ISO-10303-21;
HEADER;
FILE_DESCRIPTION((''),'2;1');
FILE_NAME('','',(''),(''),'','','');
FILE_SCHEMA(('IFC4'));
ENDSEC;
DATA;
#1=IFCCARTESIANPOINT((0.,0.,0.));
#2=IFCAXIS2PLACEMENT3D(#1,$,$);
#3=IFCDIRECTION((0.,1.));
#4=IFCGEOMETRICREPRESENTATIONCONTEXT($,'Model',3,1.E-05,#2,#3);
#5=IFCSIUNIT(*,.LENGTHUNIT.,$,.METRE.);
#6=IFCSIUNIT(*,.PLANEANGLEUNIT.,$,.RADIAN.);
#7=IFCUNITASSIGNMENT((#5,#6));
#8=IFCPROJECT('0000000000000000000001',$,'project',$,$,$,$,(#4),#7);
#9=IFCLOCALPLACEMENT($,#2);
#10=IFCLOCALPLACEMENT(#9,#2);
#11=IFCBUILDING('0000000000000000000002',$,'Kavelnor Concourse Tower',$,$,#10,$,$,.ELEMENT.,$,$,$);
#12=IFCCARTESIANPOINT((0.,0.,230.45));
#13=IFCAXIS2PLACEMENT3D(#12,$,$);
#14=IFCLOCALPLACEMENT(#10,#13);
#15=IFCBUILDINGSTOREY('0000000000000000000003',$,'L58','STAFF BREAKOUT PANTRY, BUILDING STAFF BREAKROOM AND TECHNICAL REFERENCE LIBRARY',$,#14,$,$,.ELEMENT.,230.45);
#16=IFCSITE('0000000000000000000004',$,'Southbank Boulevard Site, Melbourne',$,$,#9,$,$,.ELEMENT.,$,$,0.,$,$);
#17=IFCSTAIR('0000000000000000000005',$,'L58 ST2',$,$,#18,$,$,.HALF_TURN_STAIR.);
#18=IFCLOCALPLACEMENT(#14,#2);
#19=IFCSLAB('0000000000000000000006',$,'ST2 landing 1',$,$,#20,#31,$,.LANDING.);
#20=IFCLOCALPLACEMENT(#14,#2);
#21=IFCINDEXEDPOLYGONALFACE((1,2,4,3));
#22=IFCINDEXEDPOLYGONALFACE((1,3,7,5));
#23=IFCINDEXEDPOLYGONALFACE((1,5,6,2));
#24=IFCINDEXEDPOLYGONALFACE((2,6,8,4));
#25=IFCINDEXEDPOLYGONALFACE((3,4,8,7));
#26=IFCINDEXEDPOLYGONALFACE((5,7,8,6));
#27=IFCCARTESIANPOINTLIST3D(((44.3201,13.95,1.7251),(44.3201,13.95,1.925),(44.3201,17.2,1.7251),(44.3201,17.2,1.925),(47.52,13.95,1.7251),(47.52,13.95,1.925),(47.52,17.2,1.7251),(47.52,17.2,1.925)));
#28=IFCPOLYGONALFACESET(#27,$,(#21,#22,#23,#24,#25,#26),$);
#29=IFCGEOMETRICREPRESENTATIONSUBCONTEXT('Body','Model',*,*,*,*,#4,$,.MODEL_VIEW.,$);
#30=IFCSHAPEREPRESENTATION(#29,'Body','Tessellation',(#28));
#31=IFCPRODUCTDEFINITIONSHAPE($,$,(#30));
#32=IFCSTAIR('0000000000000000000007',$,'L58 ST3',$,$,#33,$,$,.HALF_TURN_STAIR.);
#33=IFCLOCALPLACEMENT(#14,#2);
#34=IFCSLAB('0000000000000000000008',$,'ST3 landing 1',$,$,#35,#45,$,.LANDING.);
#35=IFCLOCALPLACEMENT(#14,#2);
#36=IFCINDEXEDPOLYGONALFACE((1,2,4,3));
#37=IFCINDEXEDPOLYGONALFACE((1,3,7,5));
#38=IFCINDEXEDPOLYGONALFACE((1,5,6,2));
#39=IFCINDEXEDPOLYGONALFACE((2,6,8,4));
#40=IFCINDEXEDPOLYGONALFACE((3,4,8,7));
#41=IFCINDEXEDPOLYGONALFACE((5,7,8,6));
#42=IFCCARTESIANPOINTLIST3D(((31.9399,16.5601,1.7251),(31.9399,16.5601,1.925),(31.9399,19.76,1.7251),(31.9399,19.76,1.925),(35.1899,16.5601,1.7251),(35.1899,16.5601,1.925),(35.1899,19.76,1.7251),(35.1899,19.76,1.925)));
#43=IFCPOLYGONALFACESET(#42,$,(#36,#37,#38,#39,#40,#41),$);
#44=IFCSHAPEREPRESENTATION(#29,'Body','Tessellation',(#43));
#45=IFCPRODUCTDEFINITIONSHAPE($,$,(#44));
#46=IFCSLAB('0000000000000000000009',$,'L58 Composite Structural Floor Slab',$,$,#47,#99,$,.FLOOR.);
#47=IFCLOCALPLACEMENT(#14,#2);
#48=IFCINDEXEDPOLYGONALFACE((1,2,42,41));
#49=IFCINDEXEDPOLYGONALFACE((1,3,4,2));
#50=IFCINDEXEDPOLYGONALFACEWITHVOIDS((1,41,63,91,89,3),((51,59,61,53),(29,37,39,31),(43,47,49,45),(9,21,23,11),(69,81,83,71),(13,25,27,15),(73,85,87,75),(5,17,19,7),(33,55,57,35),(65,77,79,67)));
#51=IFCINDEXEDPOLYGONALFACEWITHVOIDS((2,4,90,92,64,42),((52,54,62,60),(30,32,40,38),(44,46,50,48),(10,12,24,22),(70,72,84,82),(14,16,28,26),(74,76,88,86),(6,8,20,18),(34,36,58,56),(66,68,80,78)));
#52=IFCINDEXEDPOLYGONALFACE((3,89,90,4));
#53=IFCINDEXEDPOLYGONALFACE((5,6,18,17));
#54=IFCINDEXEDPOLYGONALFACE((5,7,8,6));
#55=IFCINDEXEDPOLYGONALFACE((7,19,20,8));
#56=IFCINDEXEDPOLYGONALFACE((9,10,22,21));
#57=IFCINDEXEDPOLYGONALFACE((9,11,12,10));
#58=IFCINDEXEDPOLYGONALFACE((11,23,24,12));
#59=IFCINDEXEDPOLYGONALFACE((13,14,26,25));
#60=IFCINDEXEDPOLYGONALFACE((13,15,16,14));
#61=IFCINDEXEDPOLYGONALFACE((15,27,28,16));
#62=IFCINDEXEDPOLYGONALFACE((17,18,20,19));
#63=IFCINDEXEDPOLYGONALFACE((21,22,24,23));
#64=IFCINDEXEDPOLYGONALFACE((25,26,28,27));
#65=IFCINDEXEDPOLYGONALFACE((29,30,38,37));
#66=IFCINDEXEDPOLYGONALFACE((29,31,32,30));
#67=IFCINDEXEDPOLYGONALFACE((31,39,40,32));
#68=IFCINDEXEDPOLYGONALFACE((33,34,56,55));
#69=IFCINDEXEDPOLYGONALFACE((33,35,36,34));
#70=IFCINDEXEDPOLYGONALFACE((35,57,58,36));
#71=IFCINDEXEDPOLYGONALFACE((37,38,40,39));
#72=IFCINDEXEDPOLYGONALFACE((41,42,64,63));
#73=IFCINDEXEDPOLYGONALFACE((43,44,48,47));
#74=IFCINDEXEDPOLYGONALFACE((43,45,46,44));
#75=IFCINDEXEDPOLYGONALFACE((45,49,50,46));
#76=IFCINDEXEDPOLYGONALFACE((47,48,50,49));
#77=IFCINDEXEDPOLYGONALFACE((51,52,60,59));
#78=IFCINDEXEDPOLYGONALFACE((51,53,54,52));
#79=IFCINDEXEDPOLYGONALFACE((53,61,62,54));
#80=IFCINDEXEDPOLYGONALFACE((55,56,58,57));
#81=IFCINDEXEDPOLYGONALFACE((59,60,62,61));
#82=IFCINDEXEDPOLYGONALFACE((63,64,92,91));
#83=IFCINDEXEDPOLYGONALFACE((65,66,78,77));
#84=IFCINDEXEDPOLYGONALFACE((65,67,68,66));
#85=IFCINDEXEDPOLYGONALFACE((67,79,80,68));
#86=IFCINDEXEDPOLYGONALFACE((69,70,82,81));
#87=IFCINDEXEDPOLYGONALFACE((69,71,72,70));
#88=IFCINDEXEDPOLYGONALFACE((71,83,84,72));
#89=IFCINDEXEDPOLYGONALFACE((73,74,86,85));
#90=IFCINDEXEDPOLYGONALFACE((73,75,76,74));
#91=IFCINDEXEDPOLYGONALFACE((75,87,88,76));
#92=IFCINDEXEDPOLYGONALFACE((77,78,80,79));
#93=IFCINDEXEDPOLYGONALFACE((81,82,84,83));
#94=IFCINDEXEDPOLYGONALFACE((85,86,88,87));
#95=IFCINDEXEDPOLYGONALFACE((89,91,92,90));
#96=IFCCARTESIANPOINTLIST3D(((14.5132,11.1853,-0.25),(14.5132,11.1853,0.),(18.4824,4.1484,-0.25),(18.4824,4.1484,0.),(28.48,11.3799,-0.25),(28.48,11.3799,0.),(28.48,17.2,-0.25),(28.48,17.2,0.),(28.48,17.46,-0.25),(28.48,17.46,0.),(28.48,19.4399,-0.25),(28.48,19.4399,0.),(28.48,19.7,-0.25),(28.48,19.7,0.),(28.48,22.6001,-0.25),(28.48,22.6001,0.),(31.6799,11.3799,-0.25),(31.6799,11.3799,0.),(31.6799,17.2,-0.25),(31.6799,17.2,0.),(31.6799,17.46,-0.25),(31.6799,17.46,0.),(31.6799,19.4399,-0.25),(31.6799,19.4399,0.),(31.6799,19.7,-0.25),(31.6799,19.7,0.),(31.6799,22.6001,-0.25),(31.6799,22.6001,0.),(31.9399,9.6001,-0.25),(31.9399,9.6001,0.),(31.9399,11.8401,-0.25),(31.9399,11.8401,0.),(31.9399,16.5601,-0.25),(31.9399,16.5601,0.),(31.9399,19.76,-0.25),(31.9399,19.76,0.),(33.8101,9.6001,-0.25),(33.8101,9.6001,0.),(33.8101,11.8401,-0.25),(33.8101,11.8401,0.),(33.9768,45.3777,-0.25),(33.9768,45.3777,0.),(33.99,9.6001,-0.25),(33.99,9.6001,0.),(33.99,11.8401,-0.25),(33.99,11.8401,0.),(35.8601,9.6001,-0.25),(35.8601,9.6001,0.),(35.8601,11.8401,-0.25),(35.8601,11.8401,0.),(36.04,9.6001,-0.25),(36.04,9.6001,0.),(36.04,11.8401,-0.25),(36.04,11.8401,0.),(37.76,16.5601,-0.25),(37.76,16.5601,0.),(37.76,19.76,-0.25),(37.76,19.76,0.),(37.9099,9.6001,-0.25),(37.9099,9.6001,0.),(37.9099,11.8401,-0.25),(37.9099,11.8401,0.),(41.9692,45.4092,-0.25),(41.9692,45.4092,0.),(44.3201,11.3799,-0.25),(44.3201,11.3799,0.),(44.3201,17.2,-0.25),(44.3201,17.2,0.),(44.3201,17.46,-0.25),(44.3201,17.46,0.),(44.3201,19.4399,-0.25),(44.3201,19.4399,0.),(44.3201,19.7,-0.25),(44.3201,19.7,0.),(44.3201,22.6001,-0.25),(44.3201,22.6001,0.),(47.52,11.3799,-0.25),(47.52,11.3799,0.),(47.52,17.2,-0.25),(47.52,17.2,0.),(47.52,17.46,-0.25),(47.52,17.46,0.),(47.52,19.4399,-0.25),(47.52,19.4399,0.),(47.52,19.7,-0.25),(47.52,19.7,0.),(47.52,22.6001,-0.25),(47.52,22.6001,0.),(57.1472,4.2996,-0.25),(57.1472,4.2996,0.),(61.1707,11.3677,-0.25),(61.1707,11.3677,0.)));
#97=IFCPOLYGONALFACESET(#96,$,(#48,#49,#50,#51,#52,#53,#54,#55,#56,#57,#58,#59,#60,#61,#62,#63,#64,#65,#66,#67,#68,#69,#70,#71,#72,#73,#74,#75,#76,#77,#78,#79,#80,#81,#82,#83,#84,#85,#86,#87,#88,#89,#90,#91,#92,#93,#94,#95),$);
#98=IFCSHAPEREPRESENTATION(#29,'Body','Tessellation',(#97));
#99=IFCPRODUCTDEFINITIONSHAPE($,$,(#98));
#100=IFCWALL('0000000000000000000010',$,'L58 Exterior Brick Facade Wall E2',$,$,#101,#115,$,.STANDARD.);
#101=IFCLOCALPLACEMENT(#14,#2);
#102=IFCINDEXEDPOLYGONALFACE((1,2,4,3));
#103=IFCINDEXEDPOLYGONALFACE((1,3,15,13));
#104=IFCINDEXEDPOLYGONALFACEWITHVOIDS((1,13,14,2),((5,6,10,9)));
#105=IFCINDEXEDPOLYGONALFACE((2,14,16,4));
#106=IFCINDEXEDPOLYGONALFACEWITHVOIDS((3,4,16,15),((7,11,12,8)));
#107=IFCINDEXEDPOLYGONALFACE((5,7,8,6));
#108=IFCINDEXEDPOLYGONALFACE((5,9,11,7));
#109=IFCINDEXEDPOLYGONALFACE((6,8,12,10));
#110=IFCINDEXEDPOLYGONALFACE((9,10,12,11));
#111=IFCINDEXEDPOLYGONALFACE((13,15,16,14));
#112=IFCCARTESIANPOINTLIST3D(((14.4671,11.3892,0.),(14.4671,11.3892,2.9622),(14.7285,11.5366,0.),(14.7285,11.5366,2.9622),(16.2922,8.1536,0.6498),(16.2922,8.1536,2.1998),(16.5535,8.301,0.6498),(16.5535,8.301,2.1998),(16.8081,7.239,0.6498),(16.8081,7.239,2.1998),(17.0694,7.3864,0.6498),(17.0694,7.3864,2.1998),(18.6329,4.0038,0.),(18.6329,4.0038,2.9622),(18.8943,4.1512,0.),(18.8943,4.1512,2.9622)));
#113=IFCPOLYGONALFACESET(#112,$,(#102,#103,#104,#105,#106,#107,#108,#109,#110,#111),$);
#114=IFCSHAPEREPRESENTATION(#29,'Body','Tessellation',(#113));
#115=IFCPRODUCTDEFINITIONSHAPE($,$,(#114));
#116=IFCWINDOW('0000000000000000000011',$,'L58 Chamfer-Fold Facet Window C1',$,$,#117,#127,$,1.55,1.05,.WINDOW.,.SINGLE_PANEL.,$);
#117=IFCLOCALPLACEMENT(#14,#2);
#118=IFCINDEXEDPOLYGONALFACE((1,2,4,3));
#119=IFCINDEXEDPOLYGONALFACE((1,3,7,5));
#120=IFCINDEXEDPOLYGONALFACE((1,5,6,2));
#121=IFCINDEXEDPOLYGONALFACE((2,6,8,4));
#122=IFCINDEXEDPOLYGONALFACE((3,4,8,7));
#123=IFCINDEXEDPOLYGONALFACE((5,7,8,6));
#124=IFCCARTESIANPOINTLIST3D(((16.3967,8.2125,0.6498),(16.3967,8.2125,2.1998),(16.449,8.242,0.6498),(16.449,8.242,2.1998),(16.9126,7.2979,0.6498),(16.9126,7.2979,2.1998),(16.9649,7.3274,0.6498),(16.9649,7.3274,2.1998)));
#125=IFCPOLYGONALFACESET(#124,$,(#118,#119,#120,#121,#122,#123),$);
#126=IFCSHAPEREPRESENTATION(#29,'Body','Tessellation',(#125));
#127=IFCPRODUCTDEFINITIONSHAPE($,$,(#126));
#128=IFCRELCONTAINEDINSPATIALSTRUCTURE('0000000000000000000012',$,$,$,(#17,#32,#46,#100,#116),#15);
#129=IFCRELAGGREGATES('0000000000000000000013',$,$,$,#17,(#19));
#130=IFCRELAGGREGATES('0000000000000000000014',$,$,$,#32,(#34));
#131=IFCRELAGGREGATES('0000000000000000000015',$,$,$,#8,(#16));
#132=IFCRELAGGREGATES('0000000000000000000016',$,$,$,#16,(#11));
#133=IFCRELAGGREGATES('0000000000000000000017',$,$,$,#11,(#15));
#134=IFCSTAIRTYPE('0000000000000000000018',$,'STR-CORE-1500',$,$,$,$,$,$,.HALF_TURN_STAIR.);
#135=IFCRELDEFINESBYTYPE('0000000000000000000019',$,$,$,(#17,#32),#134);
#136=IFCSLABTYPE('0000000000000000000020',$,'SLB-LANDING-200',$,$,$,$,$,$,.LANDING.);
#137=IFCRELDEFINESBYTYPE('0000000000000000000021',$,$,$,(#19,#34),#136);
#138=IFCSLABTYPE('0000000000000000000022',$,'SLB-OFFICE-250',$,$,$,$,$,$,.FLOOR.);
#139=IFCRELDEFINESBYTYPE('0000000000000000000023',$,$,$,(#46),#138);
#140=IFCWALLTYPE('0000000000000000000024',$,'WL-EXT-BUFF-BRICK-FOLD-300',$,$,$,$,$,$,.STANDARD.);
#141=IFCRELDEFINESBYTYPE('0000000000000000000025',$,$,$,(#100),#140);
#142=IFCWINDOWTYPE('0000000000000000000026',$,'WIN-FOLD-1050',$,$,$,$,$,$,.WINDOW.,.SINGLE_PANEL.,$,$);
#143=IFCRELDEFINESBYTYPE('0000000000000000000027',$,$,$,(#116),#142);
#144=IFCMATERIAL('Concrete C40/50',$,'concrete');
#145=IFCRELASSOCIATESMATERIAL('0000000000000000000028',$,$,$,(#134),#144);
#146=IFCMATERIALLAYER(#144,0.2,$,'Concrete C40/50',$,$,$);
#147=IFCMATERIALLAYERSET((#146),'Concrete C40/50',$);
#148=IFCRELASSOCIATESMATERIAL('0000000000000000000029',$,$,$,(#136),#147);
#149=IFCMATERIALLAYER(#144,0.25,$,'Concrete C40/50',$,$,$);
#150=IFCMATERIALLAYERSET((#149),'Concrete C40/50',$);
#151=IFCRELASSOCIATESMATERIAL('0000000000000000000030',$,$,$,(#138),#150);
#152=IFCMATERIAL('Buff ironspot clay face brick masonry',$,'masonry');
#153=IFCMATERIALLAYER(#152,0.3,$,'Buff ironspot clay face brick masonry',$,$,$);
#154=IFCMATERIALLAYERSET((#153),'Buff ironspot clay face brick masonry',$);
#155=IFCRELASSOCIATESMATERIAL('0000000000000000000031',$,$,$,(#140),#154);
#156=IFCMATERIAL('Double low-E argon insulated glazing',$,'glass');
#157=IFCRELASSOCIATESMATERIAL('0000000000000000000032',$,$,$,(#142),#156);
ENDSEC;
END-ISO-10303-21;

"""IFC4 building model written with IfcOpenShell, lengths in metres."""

from ifc_helpers import new_model, si_unit, direction, frame, frame_2d, origin, place, context, subcontext, project, spatial, polyline, rectangle, outline, extrude, material, layer, layer_set, type_object, element, fill, aggregate, save


model = new_model("IFC4")

# Units and contexts
model_context = context("Model", 3, precision=1e-05, world=origin(), true_north=direction((0.0, 1.0)))
body_context = subcontext(model_context, "Body", "Model", "MODEL_VIEW")
ifc_project = project(units=[si_unit("LENGTHUNIT", "METRE"), si_unit("PLANEANGLEUNIT", "RADIAN")], contexts=[model_context])

# Site, building, storey
site_placement = place(None, origin())
site = spatial("IfcSite", under=ifc_project, at=site_placement, Name="Southbank Boulevard Site, Melbourne", CompositionType="ELEMENT", RefElevation=0.0)
building_placement = place(site_placement, origin())
building = spatial("IfcBuilding", under=site, at=building_placement, Name="Kavelnor Concourse Tower", CompositionType="ELEMENT")
storey_placement = place(building_placement, frame((0.0, 0.0, 230.45)))
storey = spatial("IfcBuildingStorey", under=building, at=storey_placement, Name="L58", Description="STAFF BREAKOUT PANTRY, BUILDING STAFF BREAKROOM AND TECHNICAL REFERENCE LIBRARY", CompositionType="ELEMENT", Elevation=230.45)

# Shared definitions
ifc_material_1 = material(Name="Concrete C40/50", Category="concrete")

# Stairs, slabs
stair_type = type_object("IfcStairType", Name="STR-CORE-1500", PredefinedType="HALF_TURN_STAIR", material=ifc_material_1)
ifc_layer_1 = layer(ifc_material_1, 0.2, Name="Concrete C40/50")
ifc_layer_set_1 = layer_set([ifc_layer_1], Name="Concrete C40/50")
slab_type_1 = type_object("IfcSlabType", Name="SLB-LANDING-200", PredefinedType="LANDING", material=ifc_layer_set_1)
stair_1_placement = place(storey_placement, origin())
stair_1 = element("IfcStair", 1, at=stair_1_placement, inside=storey, type_object=stair_type, Name="L58 ST2", PredefinedType="HALF_TURN_STAIR")
slab_1_placement = place(storey_placement, frame((0.0, 0.0, 1.7251)))
slab_1 = element("IfcSlab", 2, at=slab_1_placement, type_object=slab_type_1, Name="ST2 landing 1", PredefinedType="LANDING", context=body_context, shape_type="SweptSolid", body=[
    extrude(outline(polyline([(47.52, 13.95), (47.52, 17.2), (44.3201, 17.2), (44.3201, 13.95), (47.52, 13.95)])), origin(), (0.0, 0.0, 1.0), 0.2),
])
aggregate(stair_1, [slab_1])
stair_2_placement = place(storey_placement, origin())
stair_2 = element("IfcStair", 3, at=stair_2_placement, inside=storey, type_object=stair_type, Name="L58 ST3", PredefinedType="HALF_TURN_STAIR")
slab_2_placement = place(storey_placement, frame((0.0, 0.0, 1.7251)))
slab_2 = element("IfcSlab", 4, at=slab_2_placement, type_object=slab_type_1, Name="ST3 landing 1", PredefinedType="LANDING", context=body_context, shape_type="SweptSolid", body=[
    extrude(outline(polyline([(35.1899, 19.76), (31.9399, 19.76), (31.9399, 16.5601), (35.1899, 16.5601), (35.1899, 19.76)])), origin(), (0.0, 0.0, 1.0), 0.2),
])
aggregate(stair_2, [slab_2])

# Slab
ifc_layer_2 = layer(ifc_material_1, 0.25, Name="Concrete C40/50")
ifc_layer_set_2 = layer_set([ifc_layer_2], Name="Concrete C40/50")
slab_type_2 = type_object("IfcSlabType", Name="SLB-OFFICE-250", PredefinedType="FLOOR", material=ifc_layer_set_2)
slab_3_placement = place(storey_placement, frame((0.0, 0.0, -0.25)))
element("IfcSlab", 5, at=slab_3_placement, inside=storey, type_object=slab_type_2, Name="L58 Composite Structural Floor Slab", PredefinedType="FLOOR", context=body_context, shape_type="SweptSolid", body=[
    extrude(outline(polyline([(41.9692, 45.4092), (33.9768, 45.3777), (14.5132, 11.1853), (18.4824, 4.1484), (57.1472, 4.2996), (61.1707, 11.3677), (41.9692, 45.4092)]), holes=[polyline([(28.48, 11.3799), (31.6799, 11.3799), (31.6799, 17.2), (28.48, 17.2), (28.48, 11.3799)]), polyline([(44.3201, 11.3799), (47.52, 11.3799), (47.52, 17.2), (44.3201, 17.2), (44.3201, 11.3799)]), polyline([(31.9399, 16.5601), (37.76, 16.5601), (37.76, 19.76), (31.9399, 19.76), (31.9399, 16.5601)]), polyline([(28.48, 19.7), (31.6799, 19.7), (31.6799, 22.6001), (28.48, 22.6001), (28.48, 19.7)]), polyline([(44.3201, 19.7), (47.52, 19.7), (47.52, 22.6001), (44.3201, 22.6001), (44.3201, 19.7)]), polyline([(31.9399, 9.6001), (33.8101, 9.6001), (33.8101, 11.8401), (31.9399, 11.8401), (31.9399, 9.6001)]), polyline([(33.99, 9.6001), (35.8601, 9.6001), (35.8601, 11.8401), (33.99, 11.8401), (33.99, 9.6001)]), polyline([(36.04, 9.6001), (37.9099, 9.6001), (37.9099, 11.8401), (36.04, 11.8401), (36.04, 9.6001)]), polyline([(28.48, 17.46), (31.6799, 17.46), (31.6799, 19.4399), (28.48, 19.4399), (28.48, 17.46)]), polyline([(44.3201, 17.46), (47.52, 17.46), (47.52, 19.4399), (44.3201, 19.4399), (44.3201, 17.46)])]), origin(), (0.0, 0.0, 1.0), 0.25),
])

# Wall, opening, window
ifc_material_2 = material(Name="Buff ironspot clay face brick masonry", Category="masonry")
ifc_layer_3 = layer(ifc_material_2, 0.3, Name="Buff ironspot clay face brick masonry")
ifc_layer_set_3 = layer_set([ifc_layer_3], Name="Buff ironspot clay face brick masonry")
wall_type_1 = type_object("IfcWallType", Name="WL-EXT-BUFF-BRICK-FOLD-300", PredefinedType="STANDARD", material=ifc_layer_set_3)
wall_1_placement = place(storey_placement, frame((18.7637, 4.0774, 0.0), z_axis=(0.0, 0.0, 1.0), x_axis=(-0.491297, 0.870992, 0.0)))
wall_1 = element("IfcWall", 6, at=wall_1_placement, inside=storey, type_object=wall_type_1, Name="L58 Exterior Brick Facade Wall E2", PredefinedType="STANDARD", context=body_context, shape_type="SweptSolid", body=[
    extrude(rectangle(XDim=8.4792, YDim=0.3, at=frame_2d((4.2397, 0.0))), origin(), (0.0, 0.0, 1.0), 2.9622),
])
opening_1_placement = place(wall_1_placement, frame((3.7146, 0.0, 0.6499)))
opening_1 = element("IfcOpeningElement", 7, at=opening_1_placement, cuts=wall_1, PredefinedType="OPENING", context=body_context, shape_type="SweptSolid", body=[
    extrude(rectangle(XDim=1.05, YDim=1.55, at=frame_2d((0.5249, 0.7749))), frame((0.0, 0.1602, 0.0), z_axis=(0.0, -1.0, 0.0), x_axis=(1.0, 0.0, 0.0)), (0.0, 0.0, 1.0), 0.3201),
])
ifc_material_3 = material(Name="Double low-E argon insulated glazing", Category="glass")
window_type_1 = type_object("IfcWindowType", Name="WIN-FOLD-1050", PartitioningType="SINGLE_PANEL", PredefinedType="WINDOW", material=ifc_material_3)
window_1_placement = place(opening_1_placement, origin())
window_1 = element("IfcWindow", 8, at=window_1_placement, inside=storey, type_object=window_type_1, Name="L58 Chamfer-Fold Facet Window C1", OverallHeight=1.55, OverallWidth=1.05, PartitioningType="SINGLE_PANEL", PredefinedType="WINDOW", context=body_context, shape_type="SweptSolid", body=[
    extrude(rectangle(XDim=1.05, YDim=1.55, at=frame_2d((0.5249, 0.7749))), frame((0.0, 0.03, 0.0), z_axis=(0.0, -1.0, 0.0), x_axis=(1.0, 0.0, 0.0)), (0.0, 0.0, 1.0), 0.0601),
])
fill(opening_1, window_1)

save(model, "model.ifc")
